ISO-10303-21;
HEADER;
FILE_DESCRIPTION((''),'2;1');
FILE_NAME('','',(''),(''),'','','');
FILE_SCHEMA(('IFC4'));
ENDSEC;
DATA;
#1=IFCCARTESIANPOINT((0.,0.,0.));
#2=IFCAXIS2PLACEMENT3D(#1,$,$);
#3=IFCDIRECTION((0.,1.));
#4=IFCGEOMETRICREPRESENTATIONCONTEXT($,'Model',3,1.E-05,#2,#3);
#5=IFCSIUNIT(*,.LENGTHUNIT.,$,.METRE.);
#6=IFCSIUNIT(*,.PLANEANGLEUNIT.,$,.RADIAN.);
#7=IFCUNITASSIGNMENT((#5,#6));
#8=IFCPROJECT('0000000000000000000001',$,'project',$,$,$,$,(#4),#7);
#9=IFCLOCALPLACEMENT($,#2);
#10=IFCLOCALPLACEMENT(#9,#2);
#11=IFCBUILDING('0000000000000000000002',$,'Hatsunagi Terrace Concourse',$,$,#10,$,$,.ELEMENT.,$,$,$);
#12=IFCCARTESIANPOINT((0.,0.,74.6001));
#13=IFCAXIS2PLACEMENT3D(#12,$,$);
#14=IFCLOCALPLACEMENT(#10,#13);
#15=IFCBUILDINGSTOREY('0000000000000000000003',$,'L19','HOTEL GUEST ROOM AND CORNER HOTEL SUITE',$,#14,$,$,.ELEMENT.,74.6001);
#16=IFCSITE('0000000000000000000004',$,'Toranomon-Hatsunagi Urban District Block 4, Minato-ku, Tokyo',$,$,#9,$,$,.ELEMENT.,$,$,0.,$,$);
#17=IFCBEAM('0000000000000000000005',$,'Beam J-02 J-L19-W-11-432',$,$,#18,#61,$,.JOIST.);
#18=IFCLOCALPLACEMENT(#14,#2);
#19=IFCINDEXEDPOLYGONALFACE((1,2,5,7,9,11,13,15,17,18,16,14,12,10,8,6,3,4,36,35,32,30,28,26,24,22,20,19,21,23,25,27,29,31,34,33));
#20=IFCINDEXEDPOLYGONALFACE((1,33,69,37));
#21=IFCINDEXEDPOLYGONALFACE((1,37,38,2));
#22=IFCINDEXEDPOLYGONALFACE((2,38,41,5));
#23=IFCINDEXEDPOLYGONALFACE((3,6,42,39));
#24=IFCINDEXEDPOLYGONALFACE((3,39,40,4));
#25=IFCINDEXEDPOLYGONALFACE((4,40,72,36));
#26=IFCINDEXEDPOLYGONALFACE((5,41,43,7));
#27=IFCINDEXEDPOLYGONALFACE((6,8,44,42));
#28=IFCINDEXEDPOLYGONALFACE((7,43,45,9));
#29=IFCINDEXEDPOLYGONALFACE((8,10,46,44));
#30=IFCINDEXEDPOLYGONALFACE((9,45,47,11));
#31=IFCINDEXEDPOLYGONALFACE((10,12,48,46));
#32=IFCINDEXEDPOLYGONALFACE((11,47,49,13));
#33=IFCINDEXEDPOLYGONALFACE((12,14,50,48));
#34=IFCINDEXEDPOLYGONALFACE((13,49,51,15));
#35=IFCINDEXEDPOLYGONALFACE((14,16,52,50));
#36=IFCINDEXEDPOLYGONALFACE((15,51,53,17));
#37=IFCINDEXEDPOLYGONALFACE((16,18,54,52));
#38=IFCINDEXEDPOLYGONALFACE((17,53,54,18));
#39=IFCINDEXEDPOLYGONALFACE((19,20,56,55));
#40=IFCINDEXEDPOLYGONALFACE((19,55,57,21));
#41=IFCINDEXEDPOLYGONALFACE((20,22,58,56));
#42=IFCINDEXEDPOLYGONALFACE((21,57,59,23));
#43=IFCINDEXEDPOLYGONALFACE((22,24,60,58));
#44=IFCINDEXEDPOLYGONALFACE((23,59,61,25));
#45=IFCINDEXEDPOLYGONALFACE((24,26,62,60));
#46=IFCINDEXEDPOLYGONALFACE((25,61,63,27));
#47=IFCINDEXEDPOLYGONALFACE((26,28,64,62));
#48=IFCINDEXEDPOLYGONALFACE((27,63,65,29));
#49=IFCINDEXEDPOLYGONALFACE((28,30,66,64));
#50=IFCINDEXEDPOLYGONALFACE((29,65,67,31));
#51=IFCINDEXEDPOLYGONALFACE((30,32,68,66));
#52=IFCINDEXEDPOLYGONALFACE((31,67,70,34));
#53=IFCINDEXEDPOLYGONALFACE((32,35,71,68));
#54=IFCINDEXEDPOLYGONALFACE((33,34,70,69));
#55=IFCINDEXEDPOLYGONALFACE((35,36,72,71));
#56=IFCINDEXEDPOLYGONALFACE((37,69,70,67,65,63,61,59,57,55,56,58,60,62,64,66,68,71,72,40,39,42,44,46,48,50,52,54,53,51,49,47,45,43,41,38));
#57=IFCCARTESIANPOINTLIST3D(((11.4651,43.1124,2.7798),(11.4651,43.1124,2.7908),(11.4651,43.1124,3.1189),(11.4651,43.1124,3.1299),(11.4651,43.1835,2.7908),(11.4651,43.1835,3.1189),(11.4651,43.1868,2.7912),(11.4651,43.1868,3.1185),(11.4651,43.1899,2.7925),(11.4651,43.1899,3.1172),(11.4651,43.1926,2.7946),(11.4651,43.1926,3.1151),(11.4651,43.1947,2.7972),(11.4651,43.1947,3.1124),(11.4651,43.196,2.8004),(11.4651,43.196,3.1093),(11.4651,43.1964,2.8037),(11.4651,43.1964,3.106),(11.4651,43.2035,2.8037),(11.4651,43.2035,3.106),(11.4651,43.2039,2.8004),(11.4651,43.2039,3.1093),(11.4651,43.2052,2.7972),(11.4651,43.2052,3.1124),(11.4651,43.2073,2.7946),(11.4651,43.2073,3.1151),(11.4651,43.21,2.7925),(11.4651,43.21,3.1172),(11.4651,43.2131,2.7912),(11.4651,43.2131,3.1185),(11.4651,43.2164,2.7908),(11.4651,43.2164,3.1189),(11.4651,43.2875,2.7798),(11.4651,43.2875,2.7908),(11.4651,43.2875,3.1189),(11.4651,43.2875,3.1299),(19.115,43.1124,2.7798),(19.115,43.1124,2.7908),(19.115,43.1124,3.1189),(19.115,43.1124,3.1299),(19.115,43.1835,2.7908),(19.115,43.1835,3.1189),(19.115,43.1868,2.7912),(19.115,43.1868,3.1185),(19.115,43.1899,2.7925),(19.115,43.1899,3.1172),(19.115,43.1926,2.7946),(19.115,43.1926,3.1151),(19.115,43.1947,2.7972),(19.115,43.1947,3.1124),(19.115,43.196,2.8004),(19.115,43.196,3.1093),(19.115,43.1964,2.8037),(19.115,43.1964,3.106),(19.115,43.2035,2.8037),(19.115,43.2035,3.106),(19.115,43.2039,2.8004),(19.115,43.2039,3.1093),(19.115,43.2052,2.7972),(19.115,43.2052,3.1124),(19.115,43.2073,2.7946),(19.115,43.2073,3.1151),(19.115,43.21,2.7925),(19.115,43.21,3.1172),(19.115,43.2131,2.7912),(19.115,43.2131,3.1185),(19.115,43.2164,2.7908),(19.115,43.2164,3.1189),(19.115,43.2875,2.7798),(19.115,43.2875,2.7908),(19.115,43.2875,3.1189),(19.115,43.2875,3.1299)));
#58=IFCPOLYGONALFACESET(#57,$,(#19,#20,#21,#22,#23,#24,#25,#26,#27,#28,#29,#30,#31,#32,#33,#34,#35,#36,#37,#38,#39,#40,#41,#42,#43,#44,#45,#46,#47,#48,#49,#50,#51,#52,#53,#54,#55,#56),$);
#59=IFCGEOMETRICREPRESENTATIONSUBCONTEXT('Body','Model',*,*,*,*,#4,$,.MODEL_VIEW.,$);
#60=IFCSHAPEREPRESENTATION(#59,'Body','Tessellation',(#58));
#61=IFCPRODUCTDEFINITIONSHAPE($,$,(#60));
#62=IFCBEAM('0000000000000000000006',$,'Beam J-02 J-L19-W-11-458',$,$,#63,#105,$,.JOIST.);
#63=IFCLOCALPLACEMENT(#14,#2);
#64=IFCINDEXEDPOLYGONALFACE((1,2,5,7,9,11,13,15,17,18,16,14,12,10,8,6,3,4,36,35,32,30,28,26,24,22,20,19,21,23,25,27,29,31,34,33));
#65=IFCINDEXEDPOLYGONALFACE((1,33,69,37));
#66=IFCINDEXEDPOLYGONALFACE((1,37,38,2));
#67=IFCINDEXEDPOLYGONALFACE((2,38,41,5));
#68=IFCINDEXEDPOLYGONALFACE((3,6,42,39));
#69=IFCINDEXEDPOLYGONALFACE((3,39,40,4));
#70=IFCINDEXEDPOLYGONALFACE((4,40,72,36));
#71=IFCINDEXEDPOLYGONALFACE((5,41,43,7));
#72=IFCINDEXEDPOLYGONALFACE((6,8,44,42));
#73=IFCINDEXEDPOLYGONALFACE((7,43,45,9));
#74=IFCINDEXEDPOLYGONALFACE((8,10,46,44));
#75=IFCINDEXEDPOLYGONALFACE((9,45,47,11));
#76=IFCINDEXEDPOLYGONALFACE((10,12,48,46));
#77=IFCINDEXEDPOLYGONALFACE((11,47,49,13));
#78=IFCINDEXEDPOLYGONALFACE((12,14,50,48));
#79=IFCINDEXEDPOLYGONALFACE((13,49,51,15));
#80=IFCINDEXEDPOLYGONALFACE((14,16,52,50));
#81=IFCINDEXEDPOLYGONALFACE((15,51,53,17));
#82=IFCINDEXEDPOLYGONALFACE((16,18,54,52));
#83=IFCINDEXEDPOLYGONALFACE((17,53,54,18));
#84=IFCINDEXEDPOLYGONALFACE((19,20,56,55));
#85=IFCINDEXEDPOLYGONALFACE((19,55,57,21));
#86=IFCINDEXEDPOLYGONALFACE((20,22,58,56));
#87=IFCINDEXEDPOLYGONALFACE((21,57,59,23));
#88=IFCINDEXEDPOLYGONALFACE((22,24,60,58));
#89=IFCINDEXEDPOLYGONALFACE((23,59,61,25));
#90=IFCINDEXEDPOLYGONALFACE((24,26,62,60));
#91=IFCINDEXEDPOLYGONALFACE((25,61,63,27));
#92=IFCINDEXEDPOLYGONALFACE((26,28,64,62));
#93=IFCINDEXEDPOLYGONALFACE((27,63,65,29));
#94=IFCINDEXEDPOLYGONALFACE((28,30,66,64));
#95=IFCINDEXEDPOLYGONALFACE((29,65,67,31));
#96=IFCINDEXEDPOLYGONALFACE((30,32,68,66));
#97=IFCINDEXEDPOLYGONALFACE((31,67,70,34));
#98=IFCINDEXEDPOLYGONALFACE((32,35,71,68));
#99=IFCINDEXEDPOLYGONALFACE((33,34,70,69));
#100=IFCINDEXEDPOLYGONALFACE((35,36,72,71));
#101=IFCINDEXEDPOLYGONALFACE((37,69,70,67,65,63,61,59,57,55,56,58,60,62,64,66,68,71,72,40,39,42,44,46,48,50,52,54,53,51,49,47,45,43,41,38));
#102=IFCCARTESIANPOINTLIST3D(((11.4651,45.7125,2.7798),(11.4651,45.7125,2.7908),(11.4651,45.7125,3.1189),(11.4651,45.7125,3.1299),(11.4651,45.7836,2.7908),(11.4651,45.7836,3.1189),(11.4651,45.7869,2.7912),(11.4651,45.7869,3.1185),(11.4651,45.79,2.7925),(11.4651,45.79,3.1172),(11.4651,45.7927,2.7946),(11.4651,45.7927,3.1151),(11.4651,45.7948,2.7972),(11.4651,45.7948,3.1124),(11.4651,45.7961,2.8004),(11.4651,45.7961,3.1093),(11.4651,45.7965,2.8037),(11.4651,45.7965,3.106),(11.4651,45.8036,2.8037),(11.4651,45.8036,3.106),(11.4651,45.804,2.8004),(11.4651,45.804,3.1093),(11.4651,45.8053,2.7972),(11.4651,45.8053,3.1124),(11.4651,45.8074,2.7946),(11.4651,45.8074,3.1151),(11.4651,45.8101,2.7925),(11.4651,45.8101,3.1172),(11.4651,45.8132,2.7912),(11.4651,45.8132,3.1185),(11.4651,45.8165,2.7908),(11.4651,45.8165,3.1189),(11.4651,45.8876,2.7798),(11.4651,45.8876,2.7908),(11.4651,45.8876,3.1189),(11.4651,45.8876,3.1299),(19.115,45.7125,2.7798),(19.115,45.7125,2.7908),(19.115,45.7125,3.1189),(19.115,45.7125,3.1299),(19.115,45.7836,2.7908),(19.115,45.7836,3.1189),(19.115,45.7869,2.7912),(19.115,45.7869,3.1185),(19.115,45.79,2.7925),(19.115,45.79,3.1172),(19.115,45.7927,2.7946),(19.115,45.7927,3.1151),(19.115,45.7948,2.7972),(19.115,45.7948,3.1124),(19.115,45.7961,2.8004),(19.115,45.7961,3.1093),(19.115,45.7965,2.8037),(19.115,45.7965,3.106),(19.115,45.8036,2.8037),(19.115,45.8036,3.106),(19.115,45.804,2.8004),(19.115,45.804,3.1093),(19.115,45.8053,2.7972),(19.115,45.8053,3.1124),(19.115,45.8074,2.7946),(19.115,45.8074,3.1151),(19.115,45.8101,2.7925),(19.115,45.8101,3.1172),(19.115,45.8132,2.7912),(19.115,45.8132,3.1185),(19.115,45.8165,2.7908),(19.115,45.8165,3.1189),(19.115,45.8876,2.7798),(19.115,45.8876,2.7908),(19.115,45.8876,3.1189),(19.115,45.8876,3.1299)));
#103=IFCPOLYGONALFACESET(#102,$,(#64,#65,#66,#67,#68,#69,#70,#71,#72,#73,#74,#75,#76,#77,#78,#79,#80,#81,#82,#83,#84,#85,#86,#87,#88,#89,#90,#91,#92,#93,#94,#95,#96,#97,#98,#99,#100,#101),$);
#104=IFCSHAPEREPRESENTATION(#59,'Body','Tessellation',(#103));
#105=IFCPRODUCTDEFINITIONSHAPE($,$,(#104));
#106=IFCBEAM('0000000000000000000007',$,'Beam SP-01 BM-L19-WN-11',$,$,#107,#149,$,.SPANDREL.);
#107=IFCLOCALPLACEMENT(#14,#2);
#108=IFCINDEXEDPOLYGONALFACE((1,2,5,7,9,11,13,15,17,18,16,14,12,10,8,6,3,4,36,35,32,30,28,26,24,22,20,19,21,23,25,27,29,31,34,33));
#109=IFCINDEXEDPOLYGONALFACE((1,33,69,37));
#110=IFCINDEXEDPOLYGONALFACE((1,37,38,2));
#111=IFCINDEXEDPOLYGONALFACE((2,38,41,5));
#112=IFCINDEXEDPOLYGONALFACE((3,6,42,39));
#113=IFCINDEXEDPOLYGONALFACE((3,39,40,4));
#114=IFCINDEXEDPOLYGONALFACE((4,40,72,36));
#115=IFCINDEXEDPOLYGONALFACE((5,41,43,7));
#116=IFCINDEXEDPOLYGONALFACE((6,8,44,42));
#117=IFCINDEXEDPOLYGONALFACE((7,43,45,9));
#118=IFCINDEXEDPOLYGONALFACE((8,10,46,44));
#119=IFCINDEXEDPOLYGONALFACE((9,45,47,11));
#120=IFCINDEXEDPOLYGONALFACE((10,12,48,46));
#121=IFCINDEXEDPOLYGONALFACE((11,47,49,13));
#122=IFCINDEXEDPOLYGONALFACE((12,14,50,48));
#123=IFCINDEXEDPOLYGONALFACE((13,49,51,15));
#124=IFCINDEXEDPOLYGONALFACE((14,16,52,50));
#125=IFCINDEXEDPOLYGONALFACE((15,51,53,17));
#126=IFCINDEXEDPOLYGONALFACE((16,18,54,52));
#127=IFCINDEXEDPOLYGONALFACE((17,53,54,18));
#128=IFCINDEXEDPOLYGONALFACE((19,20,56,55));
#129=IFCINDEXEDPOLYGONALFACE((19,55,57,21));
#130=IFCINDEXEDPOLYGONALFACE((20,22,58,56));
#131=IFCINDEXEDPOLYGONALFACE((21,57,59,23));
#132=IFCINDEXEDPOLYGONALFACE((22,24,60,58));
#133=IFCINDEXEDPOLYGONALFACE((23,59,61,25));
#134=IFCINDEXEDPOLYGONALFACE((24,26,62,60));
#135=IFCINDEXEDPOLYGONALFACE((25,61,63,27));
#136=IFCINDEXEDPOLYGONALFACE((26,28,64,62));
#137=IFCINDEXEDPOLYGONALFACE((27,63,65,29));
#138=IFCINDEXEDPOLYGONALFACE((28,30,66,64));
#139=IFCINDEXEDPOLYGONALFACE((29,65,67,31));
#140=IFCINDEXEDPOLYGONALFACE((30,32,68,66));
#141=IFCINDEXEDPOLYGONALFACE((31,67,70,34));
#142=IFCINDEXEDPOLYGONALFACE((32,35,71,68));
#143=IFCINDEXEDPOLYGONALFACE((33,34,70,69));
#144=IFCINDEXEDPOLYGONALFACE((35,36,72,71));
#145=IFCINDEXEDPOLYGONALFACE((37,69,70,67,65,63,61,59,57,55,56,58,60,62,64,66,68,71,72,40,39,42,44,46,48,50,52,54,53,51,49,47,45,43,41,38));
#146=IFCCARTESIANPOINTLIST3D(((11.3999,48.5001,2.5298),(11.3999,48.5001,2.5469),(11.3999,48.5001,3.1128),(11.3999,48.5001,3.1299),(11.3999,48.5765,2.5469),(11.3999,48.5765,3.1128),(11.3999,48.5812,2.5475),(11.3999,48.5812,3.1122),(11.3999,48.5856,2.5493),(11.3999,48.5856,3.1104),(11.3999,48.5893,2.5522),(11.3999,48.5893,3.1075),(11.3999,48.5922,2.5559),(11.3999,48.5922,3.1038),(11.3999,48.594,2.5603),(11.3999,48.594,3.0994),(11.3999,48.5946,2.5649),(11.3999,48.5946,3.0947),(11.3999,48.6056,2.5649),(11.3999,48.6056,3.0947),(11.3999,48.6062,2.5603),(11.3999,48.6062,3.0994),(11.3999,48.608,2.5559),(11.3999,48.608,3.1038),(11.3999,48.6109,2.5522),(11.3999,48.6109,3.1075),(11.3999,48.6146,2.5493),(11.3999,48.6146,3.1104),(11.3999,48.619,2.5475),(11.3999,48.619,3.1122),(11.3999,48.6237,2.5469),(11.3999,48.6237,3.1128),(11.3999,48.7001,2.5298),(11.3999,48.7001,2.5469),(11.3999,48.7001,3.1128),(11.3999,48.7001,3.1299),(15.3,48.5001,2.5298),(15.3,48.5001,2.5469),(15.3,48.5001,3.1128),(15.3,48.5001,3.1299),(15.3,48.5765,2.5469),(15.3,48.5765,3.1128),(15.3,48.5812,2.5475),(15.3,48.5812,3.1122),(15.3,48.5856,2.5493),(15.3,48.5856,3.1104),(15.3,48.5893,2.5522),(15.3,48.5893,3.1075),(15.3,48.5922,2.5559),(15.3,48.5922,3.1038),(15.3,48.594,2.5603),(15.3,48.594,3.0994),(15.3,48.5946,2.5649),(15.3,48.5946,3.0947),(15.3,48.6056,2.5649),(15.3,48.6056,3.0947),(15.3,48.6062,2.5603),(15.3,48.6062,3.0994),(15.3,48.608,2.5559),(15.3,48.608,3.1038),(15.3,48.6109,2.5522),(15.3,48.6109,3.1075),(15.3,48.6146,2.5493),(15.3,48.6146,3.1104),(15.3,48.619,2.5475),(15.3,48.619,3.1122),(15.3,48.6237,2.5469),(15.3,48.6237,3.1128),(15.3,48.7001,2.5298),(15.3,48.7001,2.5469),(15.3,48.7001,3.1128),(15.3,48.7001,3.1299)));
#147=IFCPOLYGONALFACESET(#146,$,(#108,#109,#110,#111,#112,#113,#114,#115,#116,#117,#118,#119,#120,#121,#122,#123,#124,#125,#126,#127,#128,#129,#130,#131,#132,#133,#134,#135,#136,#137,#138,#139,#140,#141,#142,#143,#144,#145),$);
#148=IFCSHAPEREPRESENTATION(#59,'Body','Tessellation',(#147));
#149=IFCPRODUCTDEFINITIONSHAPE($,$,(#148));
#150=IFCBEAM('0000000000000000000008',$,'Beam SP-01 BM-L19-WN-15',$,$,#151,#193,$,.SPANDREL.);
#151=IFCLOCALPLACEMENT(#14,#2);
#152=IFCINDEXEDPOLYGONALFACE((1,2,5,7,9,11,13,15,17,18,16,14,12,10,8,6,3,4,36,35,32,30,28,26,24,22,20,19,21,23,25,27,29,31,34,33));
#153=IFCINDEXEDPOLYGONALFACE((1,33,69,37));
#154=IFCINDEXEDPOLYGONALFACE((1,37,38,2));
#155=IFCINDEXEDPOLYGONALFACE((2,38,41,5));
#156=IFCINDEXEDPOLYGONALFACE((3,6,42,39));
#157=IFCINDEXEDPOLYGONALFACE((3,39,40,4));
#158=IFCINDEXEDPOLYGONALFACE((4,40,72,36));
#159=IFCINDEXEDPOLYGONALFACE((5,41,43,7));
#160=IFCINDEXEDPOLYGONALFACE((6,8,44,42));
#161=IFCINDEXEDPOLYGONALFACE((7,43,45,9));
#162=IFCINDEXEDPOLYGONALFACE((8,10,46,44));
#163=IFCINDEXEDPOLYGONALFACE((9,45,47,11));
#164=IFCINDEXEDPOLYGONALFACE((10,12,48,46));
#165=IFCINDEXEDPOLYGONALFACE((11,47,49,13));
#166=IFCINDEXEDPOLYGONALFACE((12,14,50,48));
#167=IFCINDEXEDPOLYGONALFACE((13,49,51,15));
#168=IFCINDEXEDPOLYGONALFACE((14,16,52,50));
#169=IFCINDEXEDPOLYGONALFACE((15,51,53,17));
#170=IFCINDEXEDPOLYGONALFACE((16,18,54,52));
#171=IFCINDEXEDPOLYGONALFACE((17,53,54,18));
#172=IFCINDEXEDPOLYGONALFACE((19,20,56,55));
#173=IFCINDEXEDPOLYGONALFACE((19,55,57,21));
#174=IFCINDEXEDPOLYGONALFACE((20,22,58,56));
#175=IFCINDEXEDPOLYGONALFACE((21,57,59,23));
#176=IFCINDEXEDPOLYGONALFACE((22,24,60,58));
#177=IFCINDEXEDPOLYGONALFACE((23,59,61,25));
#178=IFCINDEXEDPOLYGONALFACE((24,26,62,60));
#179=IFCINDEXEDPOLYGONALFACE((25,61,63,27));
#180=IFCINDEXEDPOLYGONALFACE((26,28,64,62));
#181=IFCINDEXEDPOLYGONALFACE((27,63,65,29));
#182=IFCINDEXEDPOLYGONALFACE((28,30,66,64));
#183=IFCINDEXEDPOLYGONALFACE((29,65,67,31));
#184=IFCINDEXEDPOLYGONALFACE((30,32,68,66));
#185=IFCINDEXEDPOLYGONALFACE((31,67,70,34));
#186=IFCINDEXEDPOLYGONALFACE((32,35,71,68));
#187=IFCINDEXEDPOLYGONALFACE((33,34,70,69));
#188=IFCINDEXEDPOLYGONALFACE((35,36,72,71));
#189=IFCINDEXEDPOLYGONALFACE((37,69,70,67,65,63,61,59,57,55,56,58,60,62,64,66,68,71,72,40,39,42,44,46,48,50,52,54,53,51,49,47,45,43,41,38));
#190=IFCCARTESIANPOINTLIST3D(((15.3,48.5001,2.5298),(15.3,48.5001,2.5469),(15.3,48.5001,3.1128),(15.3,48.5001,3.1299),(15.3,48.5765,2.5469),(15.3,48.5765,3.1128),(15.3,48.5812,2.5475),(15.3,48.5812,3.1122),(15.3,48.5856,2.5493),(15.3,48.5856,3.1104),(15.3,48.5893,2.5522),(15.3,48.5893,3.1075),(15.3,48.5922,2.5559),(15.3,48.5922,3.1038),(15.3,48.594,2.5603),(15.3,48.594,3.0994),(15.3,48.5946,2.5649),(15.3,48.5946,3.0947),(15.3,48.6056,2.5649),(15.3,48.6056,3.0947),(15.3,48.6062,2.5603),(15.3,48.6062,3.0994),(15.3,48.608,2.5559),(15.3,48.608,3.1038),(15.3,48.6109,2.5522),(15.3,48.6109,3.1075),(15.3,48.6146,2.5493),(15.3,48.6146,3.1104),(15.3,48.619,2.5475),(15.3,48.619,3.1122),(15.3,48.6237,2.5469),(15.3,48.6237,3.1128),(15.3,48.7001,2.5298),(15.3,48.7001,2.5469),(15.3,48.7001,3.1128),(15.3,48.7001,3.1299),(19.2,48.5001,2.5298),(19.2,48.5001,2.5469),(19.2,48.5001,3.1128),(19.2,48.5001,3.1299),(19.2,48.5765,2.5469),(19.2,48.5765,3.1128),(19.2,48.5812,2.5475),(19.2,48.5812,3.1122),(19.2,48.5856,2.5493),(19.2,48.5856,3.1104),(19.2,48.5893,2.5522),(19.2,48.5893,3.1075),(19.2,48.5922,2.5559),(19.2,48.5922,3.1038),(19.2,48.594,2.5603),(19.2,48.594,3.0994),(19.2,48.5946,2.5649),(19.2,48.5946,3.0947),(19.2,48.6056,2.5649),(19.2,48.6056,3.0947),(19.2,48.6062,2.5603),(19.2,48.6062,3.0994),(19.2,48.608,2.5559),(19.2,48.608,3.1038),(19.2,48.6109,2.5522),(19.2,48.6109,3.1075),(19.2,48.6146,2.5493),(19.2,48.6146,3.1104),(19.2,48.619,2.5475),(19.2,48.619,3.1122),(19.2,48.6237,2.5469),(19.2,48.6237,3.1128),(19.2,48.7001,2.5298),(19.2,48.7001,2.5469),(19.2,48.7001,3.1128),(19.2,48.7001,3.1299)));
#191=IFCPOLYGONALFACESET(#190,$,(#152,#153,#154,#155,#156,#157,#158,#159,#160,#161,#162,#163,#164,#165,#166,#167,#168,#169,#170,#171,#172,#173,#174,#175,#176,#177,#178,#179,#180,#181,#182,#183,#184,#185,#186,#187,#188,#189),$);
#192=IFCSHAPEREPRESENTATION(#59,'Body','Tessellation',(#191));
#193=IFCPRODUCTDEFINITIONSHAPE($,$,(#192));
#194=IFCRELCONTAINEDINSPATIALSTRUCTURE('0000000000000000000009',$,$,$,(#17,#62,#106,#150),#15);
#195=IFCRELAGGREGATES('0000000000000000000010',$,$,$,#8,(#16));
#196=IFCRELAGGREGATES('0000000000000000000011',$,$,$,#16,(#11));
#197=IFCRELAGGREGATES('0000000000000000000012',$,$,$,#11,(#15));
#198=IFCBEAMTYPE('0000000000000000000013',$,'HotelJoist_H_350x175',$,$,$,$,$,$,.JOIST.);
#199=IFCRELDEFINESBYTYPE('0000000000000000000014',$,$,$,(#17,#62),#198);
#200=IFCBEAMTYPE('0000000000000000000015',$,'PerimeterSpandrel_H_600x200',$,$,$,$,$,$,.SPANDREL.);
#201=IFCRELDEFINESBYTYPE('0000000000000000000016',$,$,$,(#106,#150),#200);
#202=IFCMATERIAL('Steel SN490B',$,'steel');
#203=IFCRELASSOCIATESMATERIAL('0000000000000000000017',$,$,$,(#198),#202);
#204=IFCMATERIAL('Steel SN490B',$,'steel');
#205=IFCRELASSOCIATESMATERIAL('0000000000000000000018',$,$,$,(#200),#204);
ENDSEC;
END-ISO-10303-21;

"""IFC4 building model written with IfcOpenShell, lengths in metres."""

from ifc_helpers import new_model, si_unit, direction, frame, origin, origin_2d, place, context, subcontext, project, spatial, i_section, extrude, material, material_profile, profile_set, type_object, element, save


model = new_model("IFC4")

# Units and contexts
model_context = context("Model", 3, precision=1e-05, world=origin(), true_north=direction((0.0, 1.0)))
body_context = subcontext(model_context, "Body", "Model", "MODEL_VIEW")
ifc_project = project(units=[si_unit("LENGTHUNIT", "METRE"), si_unit("PLANEANGLEUNIT", "RADIAN")], contexts=[model_context])

# Site, building, storey
site_placement = place(None, origin())
site = spatial("IfcSite", under=ifc_project, at=site_placement, Name="Toranomon-Hatsunagi Urban District Block 4, Minato-ku, Tokyo", CompositionType="ELEMENT", RefElevation=0.0)
building_placement = place(site_placement, origin())
building = spatial("IfcBuilding", under=site, at=building_placement, Name="Hatsunagi Terrace Concourse", CompositionType="ELEMENT")
storey_placement = place(building_placement, frame((0.0, 0.0, 74.6001)))
storey = spatial("IfcBuildingStorey", under=building, at=storey_placement, Name="L19", Description="HOTEL GUEST ROOM AND CORNER HOTEL SUITE", CompositionType="ELEMENT", Elevation=74.6001)

# Beams
ifc_material_1 = material(Name="Steel SN490B", Category="steel")
ifc_material_profile_1 = material_profile(ifc_material_1, i_section(OverallWidth=0.175, OverallDepth=0.3501, WebThickness=0.0071, FlangeThickness=0.011, FilletRadius=0.0129, at=origin_2d()), Name="H-350x175x7x11")
ifc_profile_set_1 = profile_set([ifc_material_profile_1], Name="Steel SN490B")
beam_type_1 = type_object("IfcBeamType", Name="HotelJoist_H_350x175", PredefinedType="JOIST", material=ifc_profile_set_1)
for number, where, z_axis, x_axis, name in (
    (1, (11.4651, 43.2, 2.9548), (1.0, 0.0, 0.0), (0.0, 1.0, 0.0), "Beam J-02 J-L19-W-11-432"),
    (2, (11.4651, 45.8, 2.9548), (1.0, 0.0, 0.0), (0.0, 1.0, 0.0), "Beam J-02 J-L19-W-11-458"),
):
    element("IfcBeam", number, at=place(storey_placement, frame(where, z_axis=z_axis, x_axis=x_axis)), inside=storey, type_object=beam_type_1, Name=name, PredefinedType="JOIST", context=body_context, shape_type="SweptSolid", body=[
        extrude(i_section(OverallWidth=0.175, OverallDepth=0.3501, WebThickness=0.0071, FlangeThickness=0.011, FilletRadius=0.0129, at=origin_2d()), origin(), (0.0, 0.0, 1.0), 7.6499),
    ])
ifc_material_2 = material(Name="Steel SN490B", Category="steel")
ifc_material_profile_2 = material_profile(ifc_material_2, i_section(OverallWidth=0.2, OverallDepth=0.6001, WebThickness=0.011, FlangeThickness=0.0171, FilletRadius=0.0181, at=origin_2d()), Name="H-600x200x11x17")
ifc_profile_set_2 = profile_set([ifc_material_profile_2], Name="Steel SN490B")
beam_type_2 = type_object("IfcBeamType", Name="PerimeterSpandrel_H_600x200", PredefinedType="SPANDREL", material=ifc_profile_set_2)
beam_1_placement = place(storey_placement, frame((11.3999, 48.6001, 2.8298), z_axis=(1.0, 0.0, 0.0), x_axis=(0.0, 1.0, 0.0)))
element("IfcBeam", 3, at=beam_1_placement, inside=storey, type_object=beam_type_2, Name="Beam SP-01 BM-L19-WN-11", PredefinedType="SPANDREL", context=body_context, shape_type="SweptSolid", body=[
    extrude(i_section(OverallWidth=0.2, OverallDepth=0.6001, WebThickness=0.011, FlangeThickness=0.0171, FilletRadius=0.0181, at=origin_2d()), origin(), (0.0, 0.0, 1.0), 3.9001),
])
beam_2_placement = place(storey_placement, frame((15.3, 48.6001, 2.8298), z_axis=(1.0, 0.0, 0.0), x_axis=(0.0, 1.0, 0.0)))
element("IfcBeam", 4, at=beam_2_placement, inside=storey, type_object=beam_type_2, Name="Beam SP-01 BM-L19-WN-15", PredefinedType="SPANDREL", context=body_context, shape_type="SweptSolid", body=[
    extrude(i_section(OverallWidth=0.2, OverallDepth=0.6001, WebThickness=0.011, FlangeThickness=0.0171, FilletRadius=0.0181, at=origin_2d()), origin(), (0.0, 0.0, 1.0), 3.8999),
])

save(model, "model.ifc")
